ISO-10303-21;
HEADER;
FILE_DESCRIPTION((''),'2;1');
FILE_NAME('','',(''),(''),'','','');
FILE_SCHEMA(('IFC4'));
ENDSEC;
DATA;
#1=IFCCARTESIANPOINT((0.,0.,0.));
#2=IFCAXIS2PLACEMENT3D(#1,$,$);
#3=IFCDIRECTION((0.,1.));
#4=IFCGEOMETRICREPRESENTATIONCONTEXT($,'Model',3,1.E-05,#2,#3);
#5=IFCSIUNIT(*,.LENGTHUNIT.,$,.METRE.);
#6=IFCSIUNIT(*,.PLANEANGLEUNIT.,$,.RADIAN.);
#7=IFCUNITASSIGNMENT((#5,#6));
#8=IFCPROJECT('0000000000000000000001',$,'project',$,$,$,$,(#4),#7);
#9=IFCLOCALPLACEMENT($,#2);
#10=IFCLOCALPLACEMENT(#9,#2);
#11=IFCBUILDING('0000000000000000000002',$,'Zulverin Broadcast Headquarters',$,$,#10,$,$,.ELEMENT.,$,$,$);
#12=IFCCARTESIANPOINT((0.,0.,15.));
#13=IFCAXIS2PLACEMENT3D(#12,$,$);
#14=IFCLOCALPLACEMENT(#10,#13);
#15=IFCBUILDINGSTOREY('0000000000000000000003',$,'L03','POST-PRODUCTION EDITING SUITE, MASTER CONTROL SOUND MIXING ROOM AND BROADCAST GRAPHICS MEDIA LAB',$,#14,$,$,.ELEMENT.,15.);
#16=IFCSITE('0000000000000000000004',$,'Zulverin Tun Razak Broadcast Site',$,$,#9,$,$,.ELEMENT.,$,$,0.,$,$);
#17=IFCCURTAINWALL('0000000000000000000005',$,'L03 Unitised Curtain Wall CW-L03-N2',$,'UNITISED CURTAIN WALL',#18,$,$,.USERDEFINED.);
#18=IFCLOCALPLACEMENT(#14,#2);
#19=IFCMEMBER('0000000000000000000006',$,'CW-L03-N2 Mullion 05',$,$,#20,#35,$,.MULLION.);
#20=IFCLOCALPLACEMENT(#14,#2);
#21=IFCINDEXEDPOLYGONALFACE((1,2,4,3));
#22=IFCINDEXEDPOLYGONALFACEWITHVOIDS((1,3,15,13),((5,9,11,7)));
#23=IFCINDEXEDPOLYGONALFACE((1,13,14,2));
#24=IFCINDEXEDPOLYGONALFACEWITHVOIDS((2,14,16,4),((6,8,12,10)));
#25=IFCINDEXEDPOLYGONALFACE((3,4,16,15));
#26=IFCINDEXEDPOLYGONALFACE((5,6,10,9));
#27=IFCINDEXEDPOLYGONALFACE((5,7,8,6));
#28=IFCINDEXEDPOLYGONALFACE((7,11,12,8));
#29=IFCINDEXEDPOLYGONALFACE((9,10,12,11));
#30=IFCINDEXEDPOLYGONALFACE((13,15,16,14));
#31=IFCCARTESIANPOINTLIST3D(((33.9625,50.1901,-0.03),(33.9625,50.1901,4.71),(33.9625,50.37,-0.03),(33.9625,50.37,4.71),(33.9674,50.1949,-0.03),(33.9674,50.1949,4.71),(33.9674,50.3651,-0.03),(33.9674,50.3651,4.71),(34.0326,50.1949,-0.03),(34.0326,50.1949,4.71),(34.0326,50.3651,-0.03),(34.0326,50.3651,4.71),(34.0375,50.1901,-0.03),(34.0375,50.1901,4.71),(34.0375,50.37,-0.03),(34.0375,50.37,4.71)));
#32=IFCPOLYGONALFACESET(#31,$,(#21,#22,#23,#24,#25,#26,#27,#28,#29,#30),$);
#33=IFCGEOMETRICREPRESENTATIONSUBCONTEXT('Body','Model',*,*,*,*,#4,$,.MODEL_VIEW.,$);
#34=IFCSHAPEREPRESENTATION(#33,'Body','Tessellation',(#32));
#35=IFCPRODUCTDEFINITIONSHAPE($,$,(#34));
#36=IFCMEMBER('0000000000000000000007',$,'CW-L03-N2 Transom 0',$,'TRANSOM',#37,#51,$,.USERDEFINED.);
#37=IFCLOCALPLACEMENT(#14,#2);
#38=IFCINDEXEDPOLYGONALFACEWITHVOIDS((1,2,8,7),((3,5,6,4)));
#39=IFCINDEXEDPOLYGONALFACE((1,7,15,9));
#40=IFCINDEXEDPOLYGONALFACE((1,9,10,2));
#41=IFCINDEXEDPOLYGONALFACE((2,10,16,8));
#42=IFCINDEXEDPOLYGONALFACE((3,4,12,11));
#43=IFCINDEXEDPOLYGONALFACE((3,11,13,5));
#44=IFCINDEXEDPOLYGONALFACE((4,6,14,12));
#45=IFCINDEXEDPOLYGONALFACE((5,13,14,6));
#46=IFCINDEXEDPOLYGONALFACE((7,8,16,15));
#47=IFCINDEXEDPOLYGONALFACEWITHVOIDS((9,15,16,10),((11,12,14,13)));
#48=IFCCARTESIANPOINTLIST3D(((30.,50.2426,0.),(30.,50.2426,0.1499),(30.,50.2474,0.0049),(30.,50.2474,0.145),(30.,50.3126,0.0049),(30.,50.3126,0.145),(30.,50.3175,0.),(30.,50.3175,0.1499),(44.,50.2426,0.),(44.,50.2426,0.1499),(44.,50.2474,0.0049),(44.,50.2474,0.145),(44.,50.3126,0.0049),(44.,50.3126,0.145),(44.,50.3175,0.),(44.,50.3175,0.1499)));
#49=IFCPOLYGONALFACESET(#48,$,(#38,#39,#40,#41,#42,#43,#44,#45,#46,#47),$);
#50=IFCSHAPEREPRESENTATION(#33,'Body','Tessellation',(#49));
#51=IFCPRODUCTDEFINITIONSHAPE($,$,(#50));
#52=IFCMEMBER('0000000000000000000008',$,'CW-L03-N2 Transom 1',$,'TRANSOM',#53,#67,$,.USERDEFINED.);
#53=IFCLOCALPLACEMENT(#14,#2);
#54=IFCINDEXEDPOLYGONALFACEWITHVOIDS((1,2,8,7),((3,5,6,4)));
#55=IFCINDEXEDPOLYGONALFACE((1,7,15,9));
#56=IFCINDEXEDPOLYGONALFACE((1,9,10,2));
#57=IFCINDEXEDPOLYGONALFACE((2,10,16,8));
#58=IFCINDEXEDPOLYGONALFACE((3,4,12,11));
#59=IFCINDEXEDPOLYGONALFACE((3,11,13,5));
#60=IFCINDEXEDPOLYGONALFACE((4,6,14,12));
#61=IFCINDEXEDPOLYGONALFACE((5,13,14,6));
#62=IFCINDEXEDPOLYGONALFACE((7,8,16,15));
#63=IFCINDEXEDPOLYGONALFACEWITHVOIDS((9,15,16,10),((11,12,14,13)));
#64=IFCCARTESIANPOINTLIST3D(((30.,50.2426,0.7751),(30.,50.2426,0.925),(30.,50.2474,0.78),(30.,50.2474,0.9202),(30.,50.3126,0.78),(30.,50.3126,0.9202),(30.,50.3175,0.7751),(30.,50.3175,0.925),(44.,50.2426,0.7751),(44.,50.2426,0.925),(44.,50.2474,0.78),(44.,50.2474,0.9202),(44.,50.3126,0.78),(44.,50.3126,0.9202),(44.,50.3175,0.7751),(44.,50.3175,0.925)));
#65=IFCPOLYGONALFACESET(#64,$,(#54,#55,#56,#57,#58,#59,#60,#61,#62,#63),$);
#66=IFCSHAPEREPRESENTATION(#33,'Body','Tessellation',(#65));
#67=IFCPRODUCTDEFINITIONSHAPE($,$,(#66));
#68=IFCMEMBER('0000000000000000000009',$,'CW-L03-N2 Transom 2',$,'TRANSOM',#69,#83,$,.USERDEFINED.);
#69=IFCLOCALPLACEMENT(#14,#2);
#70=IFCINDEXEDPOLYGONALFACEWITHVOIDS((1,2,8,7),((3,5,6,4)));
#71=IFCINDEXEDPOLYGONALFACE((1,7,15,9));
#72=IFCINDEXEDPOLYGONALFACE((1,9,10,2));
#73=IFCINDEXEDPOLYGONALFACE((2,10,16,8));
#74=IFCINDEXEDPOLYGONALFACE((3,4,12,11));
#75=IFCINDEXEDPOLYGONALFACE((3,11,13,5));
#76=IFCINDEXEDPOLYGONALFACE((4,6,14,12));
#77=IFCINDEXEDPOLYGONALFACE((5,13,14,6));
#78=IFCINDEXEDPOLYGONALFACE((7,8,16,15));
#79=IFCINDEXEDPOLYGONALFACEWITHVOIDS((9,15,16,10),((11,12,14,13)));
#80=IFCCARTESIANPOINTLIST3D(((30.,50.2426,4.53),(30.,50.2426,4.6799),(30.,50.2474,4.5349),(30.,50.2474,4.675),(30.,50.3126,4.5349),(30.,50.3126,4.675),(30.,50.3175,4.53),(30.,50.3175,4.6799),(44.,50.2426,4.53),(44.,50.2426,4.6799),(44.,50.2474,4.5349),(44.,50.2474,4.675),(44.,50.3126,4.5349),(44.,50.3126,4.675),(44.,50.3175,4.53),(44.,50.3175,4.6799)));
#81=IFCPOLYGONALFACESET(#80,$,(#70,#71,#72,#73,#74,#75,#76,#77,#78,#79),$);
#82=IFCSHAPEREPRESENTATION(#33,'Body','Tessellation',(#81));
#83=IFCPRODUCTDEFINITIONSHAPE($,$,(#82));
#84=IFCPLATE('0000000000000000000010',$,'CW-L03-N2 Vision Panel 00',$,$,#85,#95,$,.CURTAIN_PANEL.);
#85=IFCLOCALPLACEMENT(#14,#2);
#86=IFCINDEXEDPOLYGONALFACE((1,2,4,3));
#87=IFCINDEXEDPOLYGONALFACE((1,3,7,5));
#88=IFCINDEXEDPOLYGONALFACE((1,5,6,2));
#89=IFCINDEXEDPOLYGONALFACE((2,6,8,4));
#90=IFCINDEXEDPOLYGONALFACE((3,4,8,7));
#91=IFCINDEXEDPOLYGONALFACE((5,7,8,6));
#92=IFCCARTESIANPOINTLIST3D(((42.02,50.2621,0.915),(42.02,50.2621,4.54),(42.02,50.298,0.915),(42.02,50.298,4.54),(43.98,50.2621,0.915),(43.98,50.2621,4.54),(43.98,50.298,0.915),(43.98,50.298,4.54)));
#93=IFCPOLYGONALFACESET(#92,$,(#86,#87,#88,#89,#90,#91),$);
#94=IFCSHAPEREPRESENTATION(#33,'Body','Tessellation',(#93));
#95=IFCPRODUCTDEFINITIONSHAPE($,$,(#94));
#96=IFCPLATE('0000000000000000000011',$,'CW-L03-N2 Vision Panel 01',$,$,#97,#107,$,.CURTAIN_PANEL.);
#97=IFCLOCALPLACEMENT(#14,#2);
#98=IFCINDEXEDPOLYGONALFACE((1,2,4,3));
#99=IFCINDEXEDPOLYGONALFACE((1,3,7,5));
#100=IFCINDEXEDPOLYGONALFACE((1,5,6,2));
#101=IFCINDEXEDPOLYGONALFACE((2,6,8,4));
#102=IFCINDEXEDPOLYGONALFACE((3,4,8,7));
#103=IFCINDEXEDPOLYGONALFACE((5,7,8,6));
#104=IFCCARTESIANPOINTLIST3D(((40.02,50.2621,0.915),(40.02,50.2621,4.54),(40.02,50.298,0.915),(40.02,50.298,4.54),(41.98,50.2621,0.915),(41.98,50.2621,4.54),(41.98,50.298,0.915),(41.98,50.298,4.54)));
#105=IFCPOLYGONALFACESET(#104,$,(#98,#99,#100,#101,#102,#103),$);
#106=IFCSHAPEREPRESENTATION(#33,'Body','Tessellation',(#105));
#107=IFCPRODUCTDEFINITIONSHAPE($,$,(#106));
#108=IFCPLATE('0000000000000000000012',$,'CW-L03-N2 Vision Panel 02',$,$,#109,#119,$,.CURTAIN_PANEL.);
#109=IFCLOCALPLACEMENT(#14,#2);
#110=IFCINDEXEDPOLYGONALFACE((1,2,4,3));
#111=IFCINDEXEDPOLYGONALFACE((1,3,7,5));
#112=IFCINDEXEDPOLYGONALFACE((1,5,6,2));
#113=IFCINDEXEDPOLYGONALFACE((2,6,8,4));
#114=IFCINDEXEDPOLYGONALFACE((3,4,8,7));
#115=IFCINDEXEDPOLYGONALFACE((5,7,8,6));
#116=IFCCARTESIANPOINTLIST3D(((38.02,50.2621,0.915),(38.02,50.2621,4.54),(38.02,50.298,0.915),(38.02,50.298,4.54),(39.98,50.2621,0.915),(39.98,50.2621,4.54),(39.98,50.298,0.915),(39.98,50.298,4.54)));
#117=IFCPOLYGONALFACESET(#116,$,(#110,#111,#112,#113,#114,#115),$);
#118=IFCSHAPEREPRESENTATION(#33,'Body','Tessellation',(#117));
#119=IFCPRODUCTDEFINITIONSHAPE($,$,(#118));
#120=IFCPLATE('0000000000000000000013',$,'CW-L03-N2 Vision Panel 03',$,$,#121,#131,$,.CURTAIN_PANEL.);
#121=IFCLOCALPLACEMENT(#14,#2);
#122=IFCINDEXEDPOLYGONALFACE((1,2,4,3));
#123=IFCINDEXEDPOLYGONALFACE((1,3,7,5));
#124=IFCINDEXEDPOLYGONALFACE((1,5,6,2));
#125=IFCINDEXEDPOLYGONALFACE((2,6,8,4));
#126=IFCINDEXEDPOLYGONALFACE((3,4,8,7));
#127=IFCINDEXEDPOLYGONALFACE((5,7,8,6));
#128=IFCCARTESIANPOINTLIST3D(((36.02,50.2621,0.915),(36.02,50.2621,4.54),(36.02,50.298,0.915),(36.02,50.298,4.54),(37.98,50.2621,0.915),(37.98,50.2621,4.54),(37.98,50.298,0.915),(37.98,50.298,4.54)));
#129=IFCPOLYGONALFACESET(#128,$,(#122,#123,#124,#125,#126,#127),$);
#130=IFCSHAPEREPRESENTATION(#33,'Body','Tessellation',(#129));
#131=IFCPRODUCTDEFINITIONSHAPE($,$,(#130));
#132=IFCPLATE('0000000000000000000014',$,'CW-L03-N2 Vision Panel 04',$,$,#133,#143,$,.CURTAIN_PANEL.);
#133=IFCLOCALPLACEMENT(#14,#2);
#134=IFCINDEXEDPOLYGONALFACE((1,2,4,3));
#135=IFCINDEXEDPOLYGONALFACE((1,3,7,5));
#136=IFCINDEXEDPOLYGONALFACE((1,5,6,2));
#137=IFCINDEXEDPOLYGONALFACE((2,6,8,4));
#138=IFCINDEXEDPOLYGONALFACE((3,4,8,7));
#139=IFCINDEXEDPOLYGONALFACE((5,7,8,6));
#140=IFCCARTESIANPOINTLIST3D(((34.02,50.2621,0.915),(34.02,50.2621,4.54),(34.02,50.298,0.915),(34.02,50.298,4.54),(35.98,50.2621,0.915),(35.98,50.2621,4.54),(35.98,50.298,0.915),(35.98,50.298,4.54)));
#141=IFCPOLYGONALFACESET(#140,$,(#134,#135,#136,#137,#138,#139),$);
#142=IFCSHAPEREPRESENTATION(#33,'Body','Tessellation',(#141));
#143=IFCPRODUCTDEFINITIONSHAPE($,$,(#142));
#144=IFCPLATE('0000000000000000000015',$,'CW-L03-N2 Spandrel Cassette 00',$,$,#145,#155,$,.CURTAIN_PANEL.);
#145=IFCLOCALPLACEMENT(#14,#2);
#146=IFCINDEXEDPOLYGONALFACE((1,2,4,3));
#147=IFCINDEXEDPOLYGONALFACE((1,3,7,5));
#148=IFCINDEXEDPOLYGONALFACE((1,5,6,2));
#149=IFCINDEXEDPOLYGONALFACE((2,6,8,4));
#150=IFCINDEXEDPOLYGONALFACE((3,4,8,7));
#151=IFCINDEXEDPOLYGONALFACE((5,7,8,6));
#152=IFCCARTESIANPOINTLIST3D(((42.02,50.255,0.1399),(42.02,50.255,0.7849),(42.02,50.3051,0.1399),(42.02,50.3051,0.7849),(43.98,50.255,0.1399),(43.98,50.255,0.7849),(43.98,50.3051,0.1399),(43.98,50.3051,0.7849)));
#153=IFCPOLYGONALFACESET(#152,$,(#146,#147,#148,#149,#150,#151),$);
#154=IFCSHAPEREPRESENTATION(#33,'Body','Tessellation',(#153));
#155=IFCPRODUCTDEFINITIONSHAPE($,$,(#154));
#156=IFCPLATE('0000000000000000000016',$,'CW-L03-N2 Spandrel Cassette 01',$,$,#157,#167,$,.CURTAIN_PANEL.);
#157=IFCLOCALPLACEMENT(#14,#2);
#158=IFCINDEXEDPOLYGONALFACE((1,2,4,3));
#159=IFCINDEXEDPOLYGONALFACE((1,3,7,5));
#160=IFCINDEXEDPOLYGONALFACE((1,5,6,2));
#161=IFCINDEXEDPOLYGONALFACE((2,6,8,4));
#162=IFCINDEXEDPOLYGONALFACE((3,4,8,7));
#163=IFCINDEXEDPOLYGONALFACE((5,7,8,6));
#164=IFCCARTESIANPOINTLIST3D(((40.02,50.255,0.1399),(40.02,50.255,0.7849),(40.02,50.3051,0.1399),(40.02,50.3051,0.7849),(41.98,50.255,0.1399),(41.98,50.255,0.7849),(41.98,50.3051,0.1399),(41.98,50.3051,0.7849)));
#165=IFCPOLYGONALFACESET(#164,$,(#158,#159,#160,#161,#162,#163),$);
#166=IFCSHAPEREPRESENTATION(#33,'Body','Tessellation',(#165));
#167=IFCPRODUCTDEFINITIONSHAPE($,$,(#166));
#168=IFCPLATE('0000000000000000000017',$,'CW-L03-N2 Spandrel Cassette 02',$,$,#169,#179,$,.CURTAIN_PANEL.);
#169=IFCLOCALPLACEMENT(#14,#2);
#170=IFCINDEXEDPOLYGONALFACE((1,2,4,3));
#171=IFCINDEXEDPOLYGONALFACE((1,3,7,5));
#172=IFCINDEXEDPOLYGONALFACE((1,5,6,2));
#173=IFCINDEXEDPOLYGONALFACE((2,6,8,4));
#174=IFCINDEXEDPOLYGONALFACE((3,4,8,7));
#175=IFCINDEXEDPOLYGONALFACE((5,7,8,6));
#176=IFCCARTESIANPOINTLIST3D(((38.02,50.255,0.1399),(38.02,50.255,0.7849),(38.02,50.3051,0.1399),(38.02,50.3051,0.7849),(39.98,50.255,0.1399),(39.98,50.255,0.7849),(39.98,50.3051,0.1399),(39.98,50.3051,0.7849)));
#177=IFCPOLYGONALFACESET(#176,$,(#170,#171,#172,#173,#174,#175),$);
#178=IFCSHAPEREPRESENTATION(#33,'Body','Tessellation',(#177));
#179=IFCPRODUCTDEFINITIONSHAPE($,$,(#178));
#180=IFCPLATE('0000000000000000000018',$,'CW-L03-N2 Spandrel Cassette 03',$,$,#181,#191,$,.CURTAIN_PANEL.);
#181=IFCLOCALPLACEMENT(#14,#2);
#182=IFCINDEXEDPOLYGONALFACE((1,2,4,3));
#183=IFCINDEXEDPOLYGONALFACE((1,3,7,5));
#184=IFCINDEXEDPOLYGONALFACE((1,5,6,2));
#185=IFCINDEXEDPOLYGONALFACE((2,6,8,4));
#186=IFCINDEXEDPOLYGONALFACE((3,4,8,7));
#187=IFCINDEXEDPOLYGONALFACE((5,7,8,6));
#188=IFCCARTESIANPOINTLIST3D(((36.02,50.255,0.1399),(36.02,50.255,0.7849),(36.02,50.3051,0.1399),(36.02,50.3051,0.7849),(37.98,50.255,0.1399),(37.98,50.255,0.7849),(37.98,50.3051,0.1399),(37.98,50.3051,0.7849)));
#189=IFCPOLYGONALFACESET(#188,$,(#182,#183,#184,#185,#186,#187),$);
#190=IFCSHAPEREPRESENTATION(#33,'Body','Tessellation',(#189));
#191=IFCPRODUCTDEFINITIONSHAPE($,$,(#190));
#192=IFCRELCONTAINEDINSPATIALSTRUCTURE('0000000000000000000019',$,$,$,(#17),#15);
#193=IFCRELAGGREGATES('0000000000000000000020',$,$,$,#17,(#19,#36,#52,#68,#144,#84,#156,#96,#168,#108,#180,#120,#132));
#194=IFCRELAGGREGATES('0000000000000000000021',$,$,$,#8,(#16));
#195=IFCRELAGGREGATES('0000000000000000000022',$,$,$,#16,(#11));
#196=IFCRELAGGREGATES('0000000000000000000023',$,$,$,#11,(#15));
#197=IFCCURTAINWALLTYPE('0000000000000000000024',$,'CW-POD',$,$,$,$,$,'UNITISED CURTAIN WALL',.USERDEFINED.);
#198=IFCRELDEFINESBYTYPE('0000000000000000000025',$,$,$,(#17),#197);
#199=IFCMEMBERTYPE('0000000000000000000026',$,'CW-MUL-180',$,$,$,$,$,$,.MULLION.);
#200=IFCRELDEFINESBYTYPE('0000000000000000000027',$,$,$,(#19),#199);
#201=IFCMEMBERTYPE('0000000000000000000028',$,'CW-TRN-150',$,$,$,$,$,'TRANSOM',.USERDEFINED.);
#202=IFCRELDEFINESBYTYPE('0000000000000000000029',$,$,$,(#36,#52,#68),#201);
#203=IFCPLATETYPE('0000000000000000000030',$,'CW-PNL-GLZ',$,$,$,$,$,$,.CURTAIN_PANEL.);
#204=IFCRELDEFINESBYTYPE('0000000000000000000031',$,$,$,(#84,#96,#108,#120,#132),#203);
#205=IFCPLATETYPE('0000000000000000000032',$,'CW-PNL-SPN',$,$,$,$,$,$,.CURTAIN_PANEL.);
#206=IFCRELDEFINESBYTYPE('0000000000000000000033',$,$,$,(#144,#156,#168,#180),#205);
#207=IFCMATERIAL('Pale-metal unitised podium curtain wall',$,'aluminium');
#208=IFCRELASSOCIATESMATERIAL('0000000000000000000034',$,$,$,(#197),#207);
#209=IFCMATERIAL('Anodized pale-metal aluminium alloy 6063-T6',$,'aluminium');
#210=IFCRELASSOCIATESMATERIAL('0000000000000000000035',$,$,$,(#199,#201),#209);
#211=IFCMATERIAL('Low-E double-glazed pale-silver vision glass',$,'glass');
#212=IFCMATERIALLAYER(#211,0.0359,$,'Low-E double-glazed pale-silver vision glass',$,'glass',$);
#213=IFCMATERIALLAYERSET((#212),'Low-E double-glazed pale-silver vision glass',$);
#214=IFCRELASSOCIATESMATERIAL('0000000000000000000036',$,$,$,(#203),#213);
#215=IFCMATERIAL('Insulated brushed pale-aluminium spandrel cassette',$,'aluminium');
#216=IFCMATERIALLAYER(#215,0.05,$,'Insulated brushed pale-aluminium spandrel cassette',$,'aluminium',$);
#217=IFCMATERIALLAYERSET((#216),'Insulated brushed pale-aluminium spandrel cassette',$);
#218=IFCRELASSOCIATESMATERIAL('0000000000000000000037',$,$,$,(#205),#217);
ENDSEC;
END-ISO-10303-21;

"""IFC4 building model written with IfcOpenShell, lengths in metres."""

from ifc_helpers import new_model, si_unit, direction, frame, origin, origin_2d, place, context, subcontext, project, spatial, rectangle, hollow_rectangle, extrude, material, layer, layer_set, material_profile, profile_set, type_object, element, aggregate, save


model = new_model("IFC4")

# Units and contexts
model_context = context("Model", 3, precision=1e-05, world=origin(), true_north=direction((0.0, 1.0)))
body_context = subcontext(model_context, "Body", "Model", "MODEL_VIEW")
ifc_project = project(units=[si_unit("LENGTHUNIT", "METRE"), si_unit("PLANEANGLEUNIT", "RADIAN")], contexts=[model_context])

# Site, building, storey
site_placement = place(None, origin())
site = spatial("IfcSite", under=ifc_project, at=site_placement, Name="Zulverin Tun Razak Broadcast Site", CompositionType="ELEMENT", RefElevation=0.0)
building_placement = place(site_placement, origin())
building = spatial("IfcBuilding", under=site, at=building_placement, Name="Zulverin Broadcast Headquarters", CompositionType="ELEMENT")
storey_placement = place(building_placement, frame((0.0, 0.0, 15.0)))
storey = spatial("IfcBuildingStorey", under=building, at=storey_placement, Name="L03", Description="POST-PRODUCTION EDITING SUITE, MASTER CONTROL SOUND MIXING ROOM AND BROADCAST GRAPHICS MEDIA LAB", CompositionType="ELEMENT", Elevation=15.0)

# Curtain wall, members, plates
ifc_material_1 = material(Name="Pale-metal unitised podium curtain wall", Category="aluminium")
curtain_wall_type = type_object("IfcCurtainWallType", Name="CW-POD", ElementType="UNITISED CURTAIN WALL", PredefinedType="USERDEFINED", material=ifc_material_1)
curtain_wall_placement = place(storey_placement, origin())
curtain_wall = element("IfcCurtainWall", 1, at=curtain_wall_placement, inside=storey, type_object=curtain_wall_type, Name="L03 Unitised Curtain Wall CW-L03-N2", ObjectType="UNITISED CURTAIN WALL", PredefinedType="USERDEFINED")
ifc_material_2 = material(Name="Anodized pale-metal aluminium alloy 6063-T6", Category="aluminium")
ifc_material_profile_1 = material_profile(ifc_material_2, hollow_rectangle(XDim=0.075, YDim=0.1799, WallThickness=0.0049, at=origin_2d()), Name="Anodized pale-metal aluminium alloy 6063-T6", Category="aluminium")
ifc_profile_set_1 = profile_set([ifc_material_profile_1], Name="Anodized pale-metal aluminium alloy 6063-T6")
member_type_1 = type_object("IfcMemberType", Name="CW-MUL-180", PredefinedType="MULLION", material=ifc_profile_set_1)
member_1_placement = place(storey_placement, frame((34.0, 50.28, -0.03), z_axis=(0.0, 0.0, 1.0), x_axis=(-1.0, 0.0, 0.0)))
member_1 = element("IfcMember", 2, at=member_1_placement, type_object=member_type_1, Name="CW-L03-N2 Mullion 05", PredefinedType="MULLION", context=body_context, shape_type="SweptSolid", body=[
    extrude(hollow_rectangle(XDim=0.075, YDim=0.1799, WallThickness=0.0049, at=origin_2d()), origin(), (0.0, 0.0, 1.0), 4.74),
])
ifc_material_profile_2 = material_profile(ifc_material_2, hollow_rectangle(XDim=0.075, YDim=0.1499, WallThickness=0.0049, at=origin_2d()), Name="Anodized pale-metal aluminium alloy 6063-T6", Category="aluminium")
ifc_profile_set_2 = profile_set([ifc_material_profile_2], Name="Anodized pale-metal aluminium alloy 6063-T6")
member_type_2 = type_object("IfcMemberType", Name="CW-TRN-150", ElementType="TRANSOM", PredefinedType="USERDEFINED", material=ifc_profile_set_2)
member_2_placement = place(storey_placement, frame((44.0, 50.28, 0.075), z_axis=(-1.0, 0.0, 0.0), x_axis=(0.0, -1.0, 0.0)))
member_2 = element("IfcMember", 3, at=member_2_placement, type_object=member_type_2, Name="CW-L03-N2 Transom 0", ObjectType="TRANSOM", PredefinedType="USERDEFINED", context=body_context, shape_type="SweptSolid", body=[
    extrude(hollow_rectangle(XDim=0.075, YDim=0.1499, WallThickness=0.0049, at=origin_2d()), origin(), (0.0, 0.0, 1.0), 14.0),
])
member_3_placement = place(storey_placement, frame((44.0, 50.28, 0.8501), z_axis=(-1.0, 0.0, 0.0), x_axis=(0.0, -1.0, 0.0)))
member_3 = element("IfcMember", 4, at=member_3_placement, type_object=member_type_2, Name="CW-L03-N2 Transom 1", ObjectType="TRANSOM", PredefinedType="USERDEFINED", context=body_context, shape_type="SweptSolid", body=[
    extrude(hollow_rectangle(XDim=0.075, YDim=0.1499, WallThickness=0.0049, at=origin_2d()), origin(), (0.0, 0.0, 1.0), 14.0),
])
member_4_placement = place(storey_placement, frame((44.0, 50.28, 4.605), z_axis=(-1.0, 0.0, 0.0), x_axis=(0.0, -1.0, 0.0)))
member_4 = element("IfcMember", 5, at=member_4_placement, type_object=member_type_2, Name="CW-L03-N2 Transom 2", ObjectType="TRANSOM", PredefinedType="USERDEFINED", context=body_context, shape_type="SweptSolid", body=[
    extrude(hollow_rectangle(XDim=0.075, YDim=0.1499, WallThickness=0.0049, at=origin_2d()), origin(), (0.0, 0.0, 1.0), 14.0),
])
ifc_material_3 = material(Name="Low-E double-glazed pale-silver vision glass", Category="glass")
ifc_layer_1 = layer(ifc_material_3, 0.0359, Name="Low-E double-glazed pale-silver vision glass", Category="glass")
ifc_layer_set_1 = layer_set([ifc_layer_1], Name="Low-E double-glazed pale-silver vision glass")
plate_type_1 = type_object("IfcPlateType", Name="CW-PNL-GLZ", PredefinedType="CURTAIN_PANEL", material=ifc_layer_set_1)
plate_1_placement = place(storey_placement, frame((43.0, 50.28, 0.915), z_axis=(0.0, 0.0, 1.0), x_axis=(-1.0, 0.0, 0.0)))
plate_1 = element("IfcPlate", 6, at=plate_1_placement, type_object=plate_type_1, Name="CW-L03-N2 Vision Panel 00", PredefinedType="CURTAIN_PANEL", context=body_context, shape_type="SweptSolid", body=[
    extrude(rectangle(XDim=1.96, YDim=0.0359, at=origin_2d()), origin(), (0.0, 0.0, 1.0), 3.625),
])
plate_2_placement = place(storey_placement, frame((41.0, 50.28, 0.915), z_axis=(0.0, 0.0, 1.0), x_axis=(-1.0, 0.0, 0.0)))
plate_2 = element("IfcPlate", 7, at=plate_2_placement, type_object=plate_type_1, Name="CW-L03-N2 Vision Panel 01", PredefinedType="CURTAIN_PANEL", context=body_context, shape_type="SweptSolid", body=[
    extrude(rectangle(XDim=1.96, YDim=0.0359, at=origin_2d()), origin(), (0.0, 0.0, 1.0), 3.625),
])
plate_3_placement = place(storey_placement, frame((39.0, 50.28, 0.915), z_axis=(0.0, 0.0, 1.0), x_axis=(-1.0, 0.0, 0.0)))
plate_3 = element("IfcPlate", 8, at=plate_3_placement, type_object=plate_type_1, Name="CW-L03-N2 Vision Panel 02", PredefinedType="CURTAIN_PANEL", context=body_context, shape_type="SweptSolid", body=[
    extrude(rectangle(XDim=1.96, YDim=0.0359, at=origin_2d()), origin(), (0.0, 0.0, 1.0), 3.625),
])
plate_4_placement = place(storey_placement, frame((37.0, 50.28, 0.915), z_axis=(0.0, 0.0, 1.0), x_axis=(-1.0, 0.0, 0.0)))
plate_4 = element("IfcPlate", 9, at=plate_4_placement, type_object=plate_type_1, Name="CW-L03-N2 Vision Panel 03", PredefinedType="CURTAIN_PANEL", context=body_context, shape_type="SweptSolid", body=[
    extrude(rectangle(XDim=1.96, YDim=0.0359, at=origin_2d()), origin(), (0.0, 0.0, 1.0), 3.625),
])
plate_5_placement = place(storey_placement, frame((35.0, 50.28, 0.915), z_axis=(0.0, 0.0, 1.0), x_axis=(-1.0, 0.0, 0.0)))
plate_5 = element("IfcPlate", 10, at=plate_5_placement, type_object=plate_type_1, Name="CW-L03-N2 Vision Panel 04", PredefinedType="CURTAIN_PANEL", context=body_context, shape_type="SweptSolid", body=[
    extrude(rectangle(XDim=1.96, YDim=0.0359, at=origin_2d()), origin(), (0.0, 0.0, 1.0), 3.625),
])
ifc_material_4 = material(Name="Insulated brushed pale-aluminium spandrel cassette", Category="aluminium")
ifc_layer_2 = layer(ifc_material_4, 0.05, Name="Insulated brushed pale-aluminium spandrel cassette", Category="aluminium")
ifc_layer_set_2 = layer_set([ifc_layer_2], Name="Insulated brushed pale-aluminium spandrel cassette")
plate_type_2 = type_object("IfcPlateType", Name="CW-PNL-SPN", PredefinedType="CURTAIN_PANEL", material=ifc_layer_set_2)
plate_6_placement = place(storey_placement, frame((43.0, 50.28, 0.1399), z_axis=(0.0, 0.0, 1.0), x_axis=(-1.0, 0.0, 0.0)))
plate_6 = element("IfcPlate", 11, at=plate_6_placement, type_object=plate_type_2, Name="CW-L03-N2 Spandrel Cassette 00", PredefinedType="CURTAIN_PANEL", context=body_context, shape_type="SweptSolid", body=[
    extrude(rectangle(XDim=1.96, YDim=0.05, at=origin_2d()), origin(), (0.0, 0.0, 1.0), 0.645),
])
plate_7_placement = place(storey_placement, frame((41.0, 50.28, 0.1399), z_axis=(0.0, 0.0, 1.0), x_axis=(-1.0, 0.0, 0.0)))
plate_7 = element("IfcPlate", 12, at=plate_7_placement, type_object=plate_type_2, Name="CW-L03-N2 Spandrel Cassette 01", PredefinedType="CURTAIN_PANEL", context=body_context, shape_type="SweptSolid", body=[
    extrude(rectangle(XDim=1.96, YDim=0.05, at=origin_2d()), origin(), (0.0, 0.0, 1.0), 0.645),
])
plate_8_placement = place(storey_placement, frame((39.0, 50.28, 0.1399), z_axis=(0.0, 0.0, 1.0), x_axis=(-1.0, 0.0, 0.0)))
plate_8 = element("IfcPlate", 13, at=plate_8_placement, type_object=plate_type_2, Name="CW-L03-N2 Spandrel Cassette 02", PredefinedType="CURTAIN_PANEL", context=body_context, shape_type="SweptSolid", body=[
    extrude(rectangle(XDim=1.96, YDim=0.05, at=origin_2d()), origin(), (0.0, 0.0, 1.0), 0.645),
])
plate_9_placement = place(storey_placement, frame((37.0, 50.28, 0.1399), z_axis=(0.0, 0.0, 1.0), x_axis=(-1.0, 0.0, 0.0)))
plate_9 = element("IfcPlate", 14, at=plate_9_placement, type_object=plate_type_2, Name="CW-L03-N2 Spandrel Cassette 03", PredefinedType="CURTAIN_PANEL", context=body_context, shape_type="SweptSolid", body=[
    extrude(rectangle(XDim=1.96, YDim=0.05, at=origin_2d()), origin(), (0.0, 0.0, 1.0), 0.645),
])
aggregate(curtain_wall, [member_1, member_2, member_3, member_4, plate_6, plate_1, plate_7, plate_2, plate_8, plate_3, plate_9, plate_4, plate_5])

save(model, "model.ifc")
